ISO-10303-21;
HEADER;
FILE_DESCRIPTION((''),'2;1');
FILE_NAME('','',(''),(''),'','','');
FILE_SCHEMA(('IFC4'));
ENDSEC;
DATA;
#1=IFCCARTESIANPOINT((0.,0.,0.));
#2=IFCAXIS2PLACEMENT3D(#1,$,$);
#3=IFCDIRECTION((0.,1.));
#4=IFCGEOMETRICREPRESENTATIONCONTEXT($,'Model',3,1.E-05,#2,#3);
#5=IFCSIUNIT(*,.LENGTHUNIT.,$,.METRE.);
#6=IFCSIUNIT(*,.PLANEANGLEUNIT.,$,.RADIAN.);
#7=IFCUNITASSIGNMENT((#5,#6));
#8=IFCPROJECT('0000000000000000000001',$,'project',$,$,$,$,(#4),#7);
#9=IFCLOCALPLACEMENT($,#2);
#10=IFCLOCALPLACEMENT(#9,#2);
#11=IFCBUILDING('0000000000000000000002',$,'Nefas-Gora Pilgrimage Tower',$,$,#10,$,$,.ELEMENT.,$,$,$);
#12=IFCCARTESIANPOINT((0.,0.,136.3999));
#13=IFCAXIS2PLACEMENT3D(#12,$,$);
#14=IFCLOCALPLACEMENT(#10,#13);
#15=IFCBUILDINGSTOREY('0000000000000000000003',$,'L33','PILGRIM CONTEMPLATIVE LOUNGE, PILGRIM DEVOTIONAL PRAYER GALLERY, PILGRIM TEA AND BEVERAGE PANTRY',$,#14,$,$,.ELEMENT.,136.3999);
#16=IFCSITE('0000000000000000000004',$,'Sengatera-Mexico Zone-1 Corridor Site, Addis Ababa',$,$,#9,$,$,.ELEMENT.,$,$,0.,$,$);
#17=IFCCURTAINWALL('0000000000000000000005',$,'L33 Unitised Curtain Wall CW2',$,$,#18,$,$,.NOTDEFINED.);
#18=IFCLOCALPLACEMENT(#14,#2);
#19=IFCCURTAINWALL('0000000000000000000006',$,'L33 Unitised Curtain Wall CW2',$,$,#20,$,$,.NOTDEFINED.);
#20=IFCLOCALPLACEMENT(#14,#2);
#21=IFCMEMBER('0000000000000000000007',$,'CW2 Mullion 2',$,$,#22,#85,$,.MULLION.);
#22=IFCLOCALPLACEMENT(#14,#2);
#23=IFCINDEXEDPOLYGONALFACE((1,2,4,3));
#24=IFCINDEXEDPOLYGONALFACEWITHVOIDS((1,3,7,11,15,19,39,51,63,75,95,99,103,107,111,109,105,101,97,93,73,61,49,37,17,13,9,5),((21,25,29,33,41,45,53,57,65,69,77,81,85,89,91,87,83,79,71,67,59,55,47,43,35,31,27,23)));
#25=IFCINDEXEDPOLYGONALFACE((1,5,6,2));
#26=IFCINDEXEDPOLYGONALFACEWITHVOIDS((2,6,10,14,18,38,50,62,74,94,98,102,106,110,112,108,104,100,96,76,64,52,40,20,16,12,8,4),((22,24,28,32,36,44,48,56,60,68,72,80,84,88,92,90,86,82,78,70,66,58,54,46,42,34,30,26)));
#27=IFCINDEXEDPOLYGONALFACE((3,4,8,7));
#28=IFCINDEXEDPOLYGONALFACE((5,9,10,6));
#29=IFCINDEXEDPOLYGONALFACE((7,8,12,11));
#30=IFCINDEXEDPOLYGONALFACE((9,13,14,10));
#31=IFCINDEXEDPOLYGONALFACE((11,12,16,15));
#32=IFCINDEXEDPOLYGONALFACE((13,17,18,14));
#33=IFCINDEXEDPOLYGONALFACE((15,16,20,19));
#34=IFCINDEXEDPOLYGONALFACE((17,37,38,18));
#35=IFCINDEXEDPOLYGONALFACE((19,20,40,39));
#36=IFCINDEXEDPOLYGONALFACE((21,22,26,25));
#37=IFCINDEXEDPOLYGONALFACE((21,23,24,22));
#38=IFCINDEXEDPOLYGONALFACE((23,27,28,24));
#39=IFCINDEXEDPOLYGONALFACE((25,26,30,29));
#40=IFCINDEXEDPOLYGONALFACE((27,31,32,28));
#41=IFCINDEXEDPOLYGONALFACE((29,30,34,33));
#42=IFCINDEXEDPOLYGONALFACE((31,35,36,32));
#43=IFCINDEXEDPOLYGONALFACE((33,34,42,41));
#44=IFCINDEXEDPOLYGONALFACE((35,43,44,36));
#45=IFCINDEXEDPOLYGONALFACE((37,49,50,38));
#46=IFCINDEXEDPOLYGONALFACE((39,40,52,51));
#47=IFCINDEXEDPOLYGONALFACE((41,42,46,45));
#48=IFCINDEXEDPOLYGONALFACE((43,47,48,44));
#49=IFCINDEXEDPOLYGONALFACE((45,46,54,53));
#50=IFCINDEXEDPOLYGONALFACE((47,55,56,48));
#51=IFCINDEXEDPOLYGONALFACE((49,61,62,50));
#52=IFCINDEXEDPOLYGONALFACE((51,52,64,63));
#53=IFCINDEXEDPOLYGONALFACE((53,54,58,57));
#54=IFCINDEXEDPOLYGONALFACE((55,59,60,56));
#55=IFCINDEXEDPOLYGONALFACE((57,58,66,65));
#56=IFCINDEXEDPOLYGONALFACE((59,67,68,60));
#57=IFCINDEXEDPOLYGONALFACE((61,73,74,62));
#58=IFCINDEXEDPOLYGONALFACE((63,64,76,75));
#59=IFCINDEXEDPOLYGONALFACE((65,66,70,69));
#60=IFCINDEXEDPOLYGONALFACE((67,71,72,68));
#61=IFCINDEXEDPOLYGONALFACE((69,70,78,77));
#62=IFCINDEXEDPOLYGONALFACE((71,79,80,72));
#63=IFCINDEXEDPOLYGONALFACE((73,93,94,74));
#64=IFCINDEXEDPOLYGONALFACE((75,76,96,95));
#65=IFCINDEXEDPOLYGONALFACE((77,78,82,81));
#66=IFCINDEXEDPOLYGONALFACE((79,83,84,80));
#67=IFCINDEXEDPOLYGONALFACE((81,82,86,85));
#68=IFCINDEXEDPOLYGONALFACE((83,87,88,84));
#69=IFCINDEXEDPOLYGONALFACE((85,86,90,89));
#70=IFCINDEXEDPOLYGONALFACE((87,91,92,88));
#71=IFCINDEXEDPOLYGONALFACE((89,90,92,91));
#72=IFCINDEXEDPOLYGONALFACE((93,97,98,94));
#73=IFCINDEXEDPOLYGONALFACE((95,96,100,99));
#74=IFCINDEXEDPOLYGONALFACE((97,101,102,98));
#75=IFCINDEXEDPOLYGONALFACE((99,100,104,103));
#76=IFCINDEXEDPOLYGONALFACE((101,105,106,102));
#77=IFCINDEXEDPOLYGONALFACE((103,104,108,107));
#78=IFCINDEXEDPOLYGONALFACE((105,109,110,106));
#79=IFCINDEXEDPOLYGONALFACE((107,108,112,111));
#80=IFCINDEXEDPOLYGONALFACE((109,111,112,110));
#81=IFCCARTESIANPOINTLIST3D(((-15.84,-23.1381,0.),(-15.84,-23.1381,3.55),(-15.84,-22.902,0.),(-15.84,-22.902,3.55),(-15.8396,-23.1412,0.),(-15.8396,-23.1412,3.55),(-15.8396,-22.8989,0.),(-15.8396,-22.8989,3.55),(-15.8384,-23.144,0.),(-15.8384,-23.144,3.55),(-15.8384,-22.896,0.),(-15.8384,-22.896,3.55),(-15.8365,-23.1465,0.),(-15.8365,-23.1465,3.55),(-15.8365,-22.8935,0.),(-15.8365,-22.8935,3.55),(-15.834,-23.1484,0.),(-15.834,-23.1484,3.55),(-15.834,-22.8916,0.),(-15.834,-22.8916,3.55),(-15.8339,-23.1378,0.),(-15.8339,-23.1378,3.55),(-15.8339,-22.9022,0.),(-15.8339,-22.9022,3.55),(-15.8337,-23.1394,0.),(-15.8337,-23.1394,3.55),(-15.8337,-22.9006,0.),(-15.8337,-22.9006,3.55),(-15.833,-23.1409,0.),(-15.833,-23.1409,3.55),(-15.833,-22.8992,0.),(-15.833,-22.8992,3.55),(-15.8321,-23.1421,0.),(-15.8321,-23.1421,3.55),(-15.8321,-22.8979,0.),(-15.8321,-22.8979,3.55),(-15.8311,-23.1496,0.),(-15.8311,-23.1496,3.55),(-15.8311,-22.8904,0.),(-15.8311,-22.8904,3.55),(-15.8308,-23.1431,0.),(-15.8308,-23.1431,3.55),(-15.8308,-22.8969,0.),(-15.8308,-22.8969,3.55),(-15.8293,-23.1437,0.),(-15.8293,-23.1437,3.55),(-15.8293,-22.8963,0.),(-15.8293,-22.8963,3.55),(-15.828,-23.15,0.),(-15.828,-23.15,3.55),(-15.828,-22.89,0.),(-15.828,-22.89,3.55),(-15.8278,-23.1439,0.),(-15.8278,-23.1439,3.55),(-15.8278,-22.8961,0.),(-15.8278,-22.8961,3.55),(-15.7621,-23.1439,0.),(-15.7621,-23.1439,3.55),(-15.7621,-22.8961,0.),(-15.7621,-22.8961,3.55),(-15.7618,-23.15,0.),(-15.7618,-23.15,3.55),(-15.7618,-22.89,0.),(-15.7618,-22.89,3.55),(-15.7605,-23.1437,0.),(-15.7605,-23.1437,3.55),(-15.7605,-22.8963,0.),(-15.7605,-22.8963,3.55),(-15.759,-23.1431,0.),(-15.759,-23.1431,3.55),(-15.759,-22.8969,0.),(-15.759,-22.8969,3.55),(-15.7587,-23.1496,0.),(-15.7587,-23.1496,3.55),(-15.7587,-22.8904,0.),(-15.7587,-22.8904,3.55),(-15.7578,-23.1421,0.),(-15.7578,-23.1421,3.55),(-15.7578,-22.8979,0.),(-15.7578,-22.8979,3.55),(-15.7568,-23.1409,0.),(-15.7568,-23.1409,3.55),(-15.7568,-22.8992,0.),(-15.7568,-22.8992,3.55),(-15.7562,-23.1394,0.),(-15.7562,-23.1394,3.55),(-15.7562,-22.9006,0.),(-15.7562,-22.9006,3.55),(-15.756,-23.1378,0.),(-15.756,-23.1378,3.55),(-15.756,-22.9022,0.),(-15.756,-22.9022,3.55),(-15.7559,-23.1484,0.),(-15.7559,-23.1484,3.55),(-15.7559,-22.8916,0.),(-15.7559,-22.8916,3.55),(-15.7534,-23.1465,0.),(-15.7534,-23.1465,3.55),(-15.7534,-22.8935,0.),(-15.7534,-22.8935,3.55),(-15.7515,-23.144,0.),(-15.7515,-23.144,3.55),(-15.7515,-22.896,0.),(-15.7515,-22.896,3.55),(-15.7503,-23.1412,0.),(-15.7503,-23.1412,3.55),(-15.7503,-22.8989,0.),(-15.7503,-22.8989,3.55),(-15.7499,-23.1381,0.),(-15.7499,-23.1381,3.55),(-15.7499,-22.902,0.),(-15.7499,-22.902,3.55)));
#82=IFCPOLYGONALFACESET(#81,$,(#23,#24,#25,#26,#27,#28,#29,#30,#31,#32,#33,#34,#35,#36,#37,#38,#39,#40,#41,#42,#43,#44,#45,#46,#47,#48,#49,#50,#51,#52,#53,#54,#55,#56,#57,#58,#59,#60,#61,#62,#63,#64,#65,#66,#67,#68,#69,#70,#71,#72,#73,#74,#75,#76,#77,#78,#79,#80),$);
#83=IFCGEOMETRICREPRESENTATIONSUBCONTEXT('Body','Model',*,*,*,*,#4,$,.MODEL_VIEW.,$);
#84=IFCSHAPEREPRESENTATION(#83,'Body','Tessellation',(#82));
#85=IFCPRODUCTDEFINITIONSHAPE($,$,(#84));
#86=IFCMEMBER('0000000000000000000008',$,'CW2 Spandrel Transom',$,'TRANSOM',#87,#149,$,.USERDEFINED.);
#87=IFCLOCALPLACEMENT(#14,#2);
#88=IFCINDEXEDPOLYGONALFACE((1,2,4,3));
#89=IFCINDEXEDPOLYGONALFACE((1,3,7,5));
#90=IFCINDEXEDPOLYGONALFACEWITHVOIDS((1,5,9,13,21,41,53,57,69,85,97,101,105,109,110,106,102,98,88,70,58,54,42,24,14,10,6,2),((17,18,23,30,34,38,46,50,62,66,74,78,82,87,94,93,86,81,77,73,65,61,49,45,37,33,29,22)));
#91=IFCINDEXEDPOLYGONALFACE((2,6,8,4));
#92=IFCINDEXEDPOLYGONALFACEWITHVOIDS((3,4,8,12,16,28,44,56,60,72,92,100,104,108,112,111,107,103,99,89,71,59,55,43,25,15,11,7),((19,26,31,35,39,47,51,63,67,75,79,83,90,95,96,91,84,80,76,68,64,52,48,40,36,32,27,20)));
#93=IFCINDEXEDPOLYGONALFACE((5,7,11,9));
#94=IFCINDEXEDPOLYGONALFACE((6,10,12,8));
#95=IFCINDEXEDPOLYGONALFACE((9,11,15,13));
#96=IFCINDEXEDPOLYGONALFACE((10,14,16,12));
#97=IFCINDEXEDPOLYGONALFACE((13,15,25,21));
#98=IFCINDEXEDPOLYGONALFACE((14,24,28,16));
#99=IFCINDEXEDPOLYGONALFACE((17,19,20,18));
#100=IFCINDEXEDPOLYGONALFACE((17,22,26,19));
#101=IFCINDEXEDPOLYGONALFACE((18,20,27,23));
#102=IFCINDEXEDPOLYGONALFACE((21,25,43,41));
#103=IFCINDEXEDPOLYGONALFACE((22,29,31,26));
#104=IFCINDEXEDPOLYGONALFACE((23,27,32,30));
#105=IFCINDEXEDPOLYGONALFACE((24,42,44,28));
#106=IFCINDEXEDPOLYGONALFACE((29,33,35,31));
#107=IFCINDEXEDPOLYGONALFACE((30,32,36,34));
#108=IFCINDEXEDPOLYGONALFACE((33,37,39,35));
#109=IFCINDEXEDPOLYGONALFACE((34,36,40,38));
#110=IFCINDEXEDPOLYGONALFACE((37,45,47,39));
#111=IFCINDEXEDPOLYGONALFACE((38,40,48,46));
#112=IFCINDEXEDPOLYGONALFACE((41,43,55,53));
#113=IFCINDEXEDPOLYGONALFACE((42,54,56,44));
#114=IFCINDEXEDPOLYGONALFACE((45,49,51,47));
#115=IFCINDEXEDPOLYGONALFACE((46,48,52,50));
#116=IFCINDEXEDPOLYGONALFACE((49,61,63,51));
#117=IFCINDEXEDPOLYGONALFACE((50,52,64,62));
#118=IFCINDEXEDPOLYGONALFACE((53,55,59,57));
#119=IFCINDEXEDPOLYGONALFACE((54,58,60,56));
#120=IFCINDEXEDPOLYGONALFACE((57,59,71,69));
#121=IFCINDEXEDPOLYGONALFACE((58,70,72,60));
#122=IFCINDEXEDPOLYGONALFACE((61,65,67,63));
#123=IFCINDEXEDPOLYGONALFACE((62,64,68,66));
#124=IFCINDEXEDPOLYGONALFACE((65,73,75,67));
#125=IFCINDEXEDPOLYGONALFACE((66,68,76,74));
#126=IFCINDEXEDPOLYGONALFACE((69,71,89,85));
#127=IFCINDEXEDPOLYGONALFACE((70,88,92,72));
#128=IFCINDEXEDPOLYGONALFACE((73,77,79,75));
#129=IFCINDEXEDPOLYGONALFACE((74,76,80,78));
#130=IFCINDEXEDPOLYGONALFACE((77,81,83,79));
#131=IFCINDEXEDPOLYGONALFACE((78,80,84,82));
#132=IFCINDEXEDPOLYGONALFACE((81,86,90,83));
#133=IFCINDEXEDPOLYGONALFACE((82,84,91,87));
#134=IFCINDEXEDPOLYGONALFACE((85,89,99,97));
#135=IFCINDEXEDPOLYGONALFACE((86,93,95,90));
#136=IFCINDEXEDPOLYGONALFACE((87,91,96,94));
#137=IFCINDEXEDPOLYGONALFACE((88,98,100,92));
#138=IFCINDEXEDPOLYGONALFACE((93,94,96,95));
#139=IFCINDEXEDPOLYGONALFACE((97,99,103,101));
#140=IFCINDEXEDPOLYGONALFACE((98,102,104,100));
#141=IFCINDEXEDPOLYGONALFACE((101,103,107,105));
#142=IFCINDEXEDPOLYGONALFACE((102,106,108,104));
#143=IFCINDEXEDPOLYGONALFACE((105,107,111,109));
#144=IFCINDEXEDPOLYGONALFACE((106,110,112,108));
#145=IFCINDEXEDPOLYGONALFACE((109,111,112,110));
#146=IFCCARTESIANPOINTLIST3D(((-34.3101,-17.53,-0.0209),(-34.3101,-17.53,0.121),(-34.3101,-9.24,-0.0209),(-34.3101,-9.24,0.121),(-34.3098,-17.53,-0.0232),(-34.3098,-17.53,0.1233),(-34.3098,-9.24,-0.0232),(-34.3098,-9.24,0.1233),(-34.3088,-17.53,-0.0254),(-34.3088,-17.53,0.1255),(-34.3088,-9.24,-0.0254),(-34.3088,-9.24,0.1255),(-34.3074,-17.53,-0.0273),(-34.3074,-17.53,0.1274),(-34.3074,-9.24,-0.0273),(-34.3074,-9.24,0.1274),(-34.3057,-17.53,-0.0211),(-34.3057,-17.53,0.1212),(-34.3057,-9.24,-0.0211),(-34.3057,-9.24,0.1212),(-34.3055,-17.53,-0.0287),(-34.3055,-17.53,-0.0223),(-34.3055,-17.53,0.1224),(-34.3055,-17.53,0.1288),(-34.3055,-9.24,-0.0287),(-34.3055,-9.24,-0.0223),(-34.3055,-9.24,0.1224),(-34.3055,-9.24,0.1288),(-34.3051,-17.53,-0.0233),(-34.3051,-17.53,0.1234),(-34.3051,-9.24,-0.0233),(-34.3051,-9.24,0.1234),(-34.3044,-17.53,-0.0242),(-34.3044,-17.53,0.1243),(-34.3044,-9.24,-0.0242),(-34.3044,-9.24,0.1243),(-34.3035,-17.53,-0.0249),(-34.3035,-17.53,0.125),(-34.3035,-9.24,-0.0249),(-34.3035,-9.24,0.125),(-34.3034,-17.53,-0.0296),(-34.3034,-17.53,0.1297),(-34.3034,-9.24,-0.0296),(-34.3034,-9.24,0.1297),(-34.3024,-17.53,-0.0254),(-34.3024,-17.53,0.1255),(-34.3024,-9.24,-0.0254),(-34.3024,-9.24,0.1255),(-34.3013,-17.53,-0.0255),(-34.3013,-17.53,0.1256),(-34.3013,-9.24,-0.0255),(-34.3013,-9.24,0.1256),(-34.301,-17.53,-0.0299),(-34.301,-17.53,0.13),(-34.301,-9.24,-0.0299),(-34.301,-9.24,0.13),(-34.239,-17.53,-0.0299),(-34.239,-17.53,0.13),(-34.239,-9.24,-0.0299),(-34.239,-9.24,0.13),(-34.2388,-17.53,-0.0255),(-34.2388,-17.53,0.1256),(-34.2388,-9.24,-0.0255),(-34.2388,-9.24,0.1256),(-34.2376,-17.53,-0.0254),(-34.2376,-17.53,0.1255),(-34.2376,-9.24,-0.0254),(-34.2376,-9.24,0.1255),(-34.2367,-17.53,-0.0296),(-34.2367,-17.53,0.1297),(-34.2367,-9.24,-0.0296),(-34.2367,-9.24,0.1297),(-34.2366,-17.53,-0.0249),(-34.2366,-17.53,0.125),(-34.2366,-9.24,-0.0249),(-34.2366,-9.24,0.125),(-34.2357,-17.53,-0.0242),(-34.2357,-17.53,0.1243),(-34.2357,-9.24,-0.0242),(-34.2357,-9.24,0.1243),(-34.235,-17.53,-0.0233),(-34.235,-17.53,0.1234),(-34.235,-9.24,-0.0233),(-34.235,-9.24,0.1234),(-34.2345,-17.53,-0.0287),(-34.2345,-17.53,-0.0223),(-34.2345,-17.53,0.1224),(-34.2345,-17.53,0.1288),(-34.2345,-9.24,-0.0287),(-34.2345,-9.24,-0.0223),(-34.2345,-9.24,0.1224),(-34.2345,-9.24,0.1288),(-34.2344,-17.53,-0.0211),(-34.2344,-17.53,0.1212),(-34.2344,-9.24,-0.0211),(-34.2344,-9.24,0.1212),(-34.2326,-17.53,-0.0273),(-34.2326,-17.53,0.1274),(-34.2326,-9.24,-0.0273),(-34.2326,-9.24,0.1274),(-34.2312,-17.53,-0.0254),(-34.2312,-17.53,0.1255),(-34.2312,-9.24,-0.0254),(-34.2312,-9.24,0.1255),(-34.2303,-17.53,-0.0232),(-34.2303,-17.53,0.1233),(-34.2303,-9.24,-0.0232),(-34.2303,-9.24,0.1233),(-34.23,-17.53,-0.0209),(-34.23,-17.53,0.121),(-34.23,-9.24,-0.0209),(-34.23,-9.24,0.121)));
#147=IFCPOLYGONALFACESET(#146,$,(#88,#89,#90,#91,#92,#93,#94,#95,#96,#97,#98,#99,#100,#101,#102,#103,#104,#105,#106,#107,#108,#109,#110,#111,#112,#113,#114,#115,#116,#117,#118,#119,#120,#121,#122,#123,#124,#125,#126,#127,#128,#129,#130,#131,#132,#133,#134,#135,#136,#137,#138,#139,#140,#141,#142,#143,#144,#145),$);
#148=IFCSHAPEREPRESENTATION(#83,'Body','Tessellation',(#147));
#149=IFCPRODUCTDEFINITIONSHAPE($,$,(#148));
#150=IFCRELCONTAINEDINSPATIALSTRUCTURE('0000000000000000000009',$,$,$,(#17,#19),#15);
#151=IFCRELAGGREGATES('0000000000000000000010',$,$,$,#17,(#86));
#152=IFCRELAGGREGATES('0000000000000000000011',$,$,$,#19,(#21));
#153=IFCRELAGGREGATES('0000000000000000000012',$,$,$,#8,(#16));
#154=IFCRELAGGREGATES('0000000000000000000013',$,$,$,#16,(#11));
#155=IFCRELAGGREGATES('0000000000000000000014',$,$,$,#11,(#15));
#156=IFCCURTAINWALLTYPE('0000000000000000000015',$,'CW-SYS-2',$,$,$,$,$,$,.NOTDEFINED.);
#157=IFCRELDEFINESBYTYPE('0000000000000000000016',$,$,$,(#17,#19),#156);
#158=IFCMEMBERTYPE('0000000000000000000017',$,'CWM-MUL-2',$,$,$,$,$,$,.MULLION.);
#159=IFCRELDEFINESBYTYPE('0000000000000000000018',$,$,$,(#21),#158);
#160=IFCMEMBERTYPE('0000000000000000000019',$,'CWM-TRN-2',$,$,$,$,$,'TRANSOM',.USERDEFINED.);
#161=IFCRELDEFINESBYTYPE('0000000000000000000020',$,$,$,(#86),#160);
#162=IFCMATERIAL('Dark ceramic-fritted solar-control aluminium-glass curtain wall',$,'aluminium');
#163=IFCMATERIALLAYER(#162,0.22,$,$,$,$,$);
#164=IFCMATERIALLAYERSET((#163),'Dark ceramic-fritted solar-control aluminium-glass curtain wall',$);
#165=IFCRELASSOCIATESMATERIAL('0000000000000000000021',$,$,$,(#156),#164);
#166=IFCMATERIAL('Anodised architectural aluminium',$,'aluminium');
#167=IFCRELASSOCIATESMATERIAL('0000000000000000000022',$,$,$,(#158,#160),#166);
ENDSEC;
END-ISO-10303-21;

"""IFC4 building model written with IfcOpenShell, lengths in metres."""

from ifc_helpers import new_model, si_unit, direction, frame, origin, origin_2d, place, context, subcontext, project, spatial, hollow_rectangle, extrude, source, transform, mapped, material, layer, layer_set, material_profile, profile_set, type_object, element, aggregate, save


model = new_model("IFC4")

# Units and contexts
model_context = context("Model", 3, precision=1e-05, world=origin(), true_north=direction((0.0, 1.0)))
body_context = subcontext(model_context, "Body", "Model", "MODEL_VIEW")
ifc_project = project(units=[si_unit("LENGTHUNIT", "METRE"), si_unit("PLANEANGLEUNIT", "RADIAN")], contexts=[model_context])

# Site, building, storey
site_placement = place(None, origin())
site = spatial("IfcSite", under=ifc_project, at=site_placement, Name="Sengatera-Mexico Zone-1 Corridor Site, Addis Ababa", CompositionType="ELEMENT", RefElevation=0.0)
building_placement = place(site_placement, origin())
building = spatial("IfcBuilding", under=site, at=building_placement, Name="Nefas-Gora Pilgrimage Tower", CompositionType="ELEMENT")
storey_placement = place(building_placement, frame((0.0, 0.0, 136.3999)))
storey = spatial("IfcBuildingStorey", under=building, at=storey_placement, Name="L33", Description="PILGRIM CONTEMPLATIVE LOUNGE, PILGRIM DEVOTIONAL PRAYER GALLERY, PILGRIM TEA AND BEVERAGE PANTRY", CompositionType="ELEMENT", Elevation=136.3999)

# Shared definitions
ifc_material_1 = material(Name="Dark ceramic-fritted solar-control aluminium-glass curtain wall", Category="aluminium")
ifc_material_2 = material(Name="Anodised architectural aluminium", Category="aluminium")

# Curtain wall
ifc_layer_1 = layer(ifc_material_1, 0.22)
ifc_layer_set_1 = layer_set([ifc_layer_1], Name="Dark ceramic-fritted solar-control aluminium-glass curtain wall")
curtain_wall_type_1 = type_object("IfcCurtainWallType", Name="CW-SYS-2", PredefinedType="NOTDEFINED", material=ifc_layer_set_1)
curtain_wall_1_placement = place(storey_placement, origin())
curtain_wall_1 = element("IfcCurtainWall", 1, at=curtain_wall_1_placement, inside=storey, type_object=curtain_wall_type_1, Name="L33 Unitised Curtain Wall CW2", PredefinedType="NOTDEFINED")
ifc_material_profile_1 = material_profile(ifc_material_2, hollow_rectangle(XDim=0.0901, YDim=0.26, WallThickness=0.0061, InnerFilletRadius=0.0061, OuterFilletRadius=0.012, at=origin_2d()), Name="ALU MULLION 90x260")
ifc_profile_set_1 = profile_set([ifc_material_profile_1], Name="Anodised architectural aluminium")
member_type_1 = type_object("IfcMemberType", Name="CWM-MUL-2", PredefinedType="MULLION", material=ifc_profile_set_1)
shared_shape_1 = source(origin(), body_context, "Body", "SweptSolid", [
    extrude(hollow_rectangle(XDim=0.0901, YDim=0.26, WallThickness=0.0061, InnerFilletRadius=0.0061, OuterFilletRadius=0.012, at=origin_2d()), origin(), (0.0, 0.0, 1.0), 3.55),
])

# Curtain wall, member
curtain_wall_2_placement = place(storey_placement, origin())
curtain_wall_2 = element("IfcCurtainWall", 2, at=curtain_wall_2_placement, inside=storey, type_object=curtain_wall_type_1, Name="L33 Unitised Curtain Wall CW2", PredefinedType="NOTDEFINED")
member_1_placement = place(storey_placement, frame((-15.7949, -23.02, 0.0), z_axis=(0.0, 0.0, 1.0), x_axis=(1.0, 0.0, 0.0)))
member_1 = element("IfcMember", 3, at=member_1_placement, type_object=member_type_1, Name="CW2 Mullion 2", PredefinedType="MULLION", context=body_context, shape_type="MappedRepresentation", body=[
    mapped(shared_shape_1, transform((0.0, 0.0, 0.0), x_axis=(1.0, 0.0, 0.0), y_axis=(0.0, 1.0, 0.0), z_axis=(0.0, 0.0, 1.0), scale=1.0)),
])

# Member
ifc_material_profile_2 = material_profile(ifc_material_2, hollow_rectangle(XDim=0.0801, YDim=0.1599, WallThickness=0.0044, InnerFilletRadius=0.0044, OuterFilletRadius=0.009, at=origin_2d()), Name="ALU TRANSOM 80x160")
ifc_profile_set_2 = profile_set([ifc_material_profile_2], Name="Anodised architectural aluminium")
member_type_2 = type_object("IfcMemberType", Name="CWM-TRN-2", ElementType="TRANSOM", PredefinedType="USERDEFINED", material=ifc_profile_set_2)
shared_shape_2 = source(origin(), body_context, "Body", "SweptSolid", [
    extrude(hollow_rectangle(XDim=0.0801, YDim=0.1599, WallThickness=0.0044, InnerFilletRadius=0.0044, OuterFilletRadius=0.009, at=origin_2d()), origin(), (0.0, 0.0, 1.0), 8.29),
])
member_2_placement = place(storey_placement, frame((-34.27, -9.24, 0.05), z_axis=(0.0, -1.0, 0.0), x_axis=(1.0, 0.0, 0.0)))
member_2 = element("IfcMember", 4, at=member_2_placement, type_object=member_type_2, Name="CW2 Spandrel Transom", ObjectType="TRANSOM", PredefinedType="USERDEFINED", context=body_context, shape_type="MappedRepresentation", body=[
    mapped(shared_shape_2, transform((0.0, 0.0, 0.0), x_axis=(1.0, 0.0, 0.0), y_axis=(0.0, 1.0, 0.0), z_axis=(0.0, 0.0, 1.0), scale=1.0)),
])

aggregate(curtain_wall_1, [member_2])
aggregate(curtain_wall_2, [member_1])

save(model, "model.ifc")
